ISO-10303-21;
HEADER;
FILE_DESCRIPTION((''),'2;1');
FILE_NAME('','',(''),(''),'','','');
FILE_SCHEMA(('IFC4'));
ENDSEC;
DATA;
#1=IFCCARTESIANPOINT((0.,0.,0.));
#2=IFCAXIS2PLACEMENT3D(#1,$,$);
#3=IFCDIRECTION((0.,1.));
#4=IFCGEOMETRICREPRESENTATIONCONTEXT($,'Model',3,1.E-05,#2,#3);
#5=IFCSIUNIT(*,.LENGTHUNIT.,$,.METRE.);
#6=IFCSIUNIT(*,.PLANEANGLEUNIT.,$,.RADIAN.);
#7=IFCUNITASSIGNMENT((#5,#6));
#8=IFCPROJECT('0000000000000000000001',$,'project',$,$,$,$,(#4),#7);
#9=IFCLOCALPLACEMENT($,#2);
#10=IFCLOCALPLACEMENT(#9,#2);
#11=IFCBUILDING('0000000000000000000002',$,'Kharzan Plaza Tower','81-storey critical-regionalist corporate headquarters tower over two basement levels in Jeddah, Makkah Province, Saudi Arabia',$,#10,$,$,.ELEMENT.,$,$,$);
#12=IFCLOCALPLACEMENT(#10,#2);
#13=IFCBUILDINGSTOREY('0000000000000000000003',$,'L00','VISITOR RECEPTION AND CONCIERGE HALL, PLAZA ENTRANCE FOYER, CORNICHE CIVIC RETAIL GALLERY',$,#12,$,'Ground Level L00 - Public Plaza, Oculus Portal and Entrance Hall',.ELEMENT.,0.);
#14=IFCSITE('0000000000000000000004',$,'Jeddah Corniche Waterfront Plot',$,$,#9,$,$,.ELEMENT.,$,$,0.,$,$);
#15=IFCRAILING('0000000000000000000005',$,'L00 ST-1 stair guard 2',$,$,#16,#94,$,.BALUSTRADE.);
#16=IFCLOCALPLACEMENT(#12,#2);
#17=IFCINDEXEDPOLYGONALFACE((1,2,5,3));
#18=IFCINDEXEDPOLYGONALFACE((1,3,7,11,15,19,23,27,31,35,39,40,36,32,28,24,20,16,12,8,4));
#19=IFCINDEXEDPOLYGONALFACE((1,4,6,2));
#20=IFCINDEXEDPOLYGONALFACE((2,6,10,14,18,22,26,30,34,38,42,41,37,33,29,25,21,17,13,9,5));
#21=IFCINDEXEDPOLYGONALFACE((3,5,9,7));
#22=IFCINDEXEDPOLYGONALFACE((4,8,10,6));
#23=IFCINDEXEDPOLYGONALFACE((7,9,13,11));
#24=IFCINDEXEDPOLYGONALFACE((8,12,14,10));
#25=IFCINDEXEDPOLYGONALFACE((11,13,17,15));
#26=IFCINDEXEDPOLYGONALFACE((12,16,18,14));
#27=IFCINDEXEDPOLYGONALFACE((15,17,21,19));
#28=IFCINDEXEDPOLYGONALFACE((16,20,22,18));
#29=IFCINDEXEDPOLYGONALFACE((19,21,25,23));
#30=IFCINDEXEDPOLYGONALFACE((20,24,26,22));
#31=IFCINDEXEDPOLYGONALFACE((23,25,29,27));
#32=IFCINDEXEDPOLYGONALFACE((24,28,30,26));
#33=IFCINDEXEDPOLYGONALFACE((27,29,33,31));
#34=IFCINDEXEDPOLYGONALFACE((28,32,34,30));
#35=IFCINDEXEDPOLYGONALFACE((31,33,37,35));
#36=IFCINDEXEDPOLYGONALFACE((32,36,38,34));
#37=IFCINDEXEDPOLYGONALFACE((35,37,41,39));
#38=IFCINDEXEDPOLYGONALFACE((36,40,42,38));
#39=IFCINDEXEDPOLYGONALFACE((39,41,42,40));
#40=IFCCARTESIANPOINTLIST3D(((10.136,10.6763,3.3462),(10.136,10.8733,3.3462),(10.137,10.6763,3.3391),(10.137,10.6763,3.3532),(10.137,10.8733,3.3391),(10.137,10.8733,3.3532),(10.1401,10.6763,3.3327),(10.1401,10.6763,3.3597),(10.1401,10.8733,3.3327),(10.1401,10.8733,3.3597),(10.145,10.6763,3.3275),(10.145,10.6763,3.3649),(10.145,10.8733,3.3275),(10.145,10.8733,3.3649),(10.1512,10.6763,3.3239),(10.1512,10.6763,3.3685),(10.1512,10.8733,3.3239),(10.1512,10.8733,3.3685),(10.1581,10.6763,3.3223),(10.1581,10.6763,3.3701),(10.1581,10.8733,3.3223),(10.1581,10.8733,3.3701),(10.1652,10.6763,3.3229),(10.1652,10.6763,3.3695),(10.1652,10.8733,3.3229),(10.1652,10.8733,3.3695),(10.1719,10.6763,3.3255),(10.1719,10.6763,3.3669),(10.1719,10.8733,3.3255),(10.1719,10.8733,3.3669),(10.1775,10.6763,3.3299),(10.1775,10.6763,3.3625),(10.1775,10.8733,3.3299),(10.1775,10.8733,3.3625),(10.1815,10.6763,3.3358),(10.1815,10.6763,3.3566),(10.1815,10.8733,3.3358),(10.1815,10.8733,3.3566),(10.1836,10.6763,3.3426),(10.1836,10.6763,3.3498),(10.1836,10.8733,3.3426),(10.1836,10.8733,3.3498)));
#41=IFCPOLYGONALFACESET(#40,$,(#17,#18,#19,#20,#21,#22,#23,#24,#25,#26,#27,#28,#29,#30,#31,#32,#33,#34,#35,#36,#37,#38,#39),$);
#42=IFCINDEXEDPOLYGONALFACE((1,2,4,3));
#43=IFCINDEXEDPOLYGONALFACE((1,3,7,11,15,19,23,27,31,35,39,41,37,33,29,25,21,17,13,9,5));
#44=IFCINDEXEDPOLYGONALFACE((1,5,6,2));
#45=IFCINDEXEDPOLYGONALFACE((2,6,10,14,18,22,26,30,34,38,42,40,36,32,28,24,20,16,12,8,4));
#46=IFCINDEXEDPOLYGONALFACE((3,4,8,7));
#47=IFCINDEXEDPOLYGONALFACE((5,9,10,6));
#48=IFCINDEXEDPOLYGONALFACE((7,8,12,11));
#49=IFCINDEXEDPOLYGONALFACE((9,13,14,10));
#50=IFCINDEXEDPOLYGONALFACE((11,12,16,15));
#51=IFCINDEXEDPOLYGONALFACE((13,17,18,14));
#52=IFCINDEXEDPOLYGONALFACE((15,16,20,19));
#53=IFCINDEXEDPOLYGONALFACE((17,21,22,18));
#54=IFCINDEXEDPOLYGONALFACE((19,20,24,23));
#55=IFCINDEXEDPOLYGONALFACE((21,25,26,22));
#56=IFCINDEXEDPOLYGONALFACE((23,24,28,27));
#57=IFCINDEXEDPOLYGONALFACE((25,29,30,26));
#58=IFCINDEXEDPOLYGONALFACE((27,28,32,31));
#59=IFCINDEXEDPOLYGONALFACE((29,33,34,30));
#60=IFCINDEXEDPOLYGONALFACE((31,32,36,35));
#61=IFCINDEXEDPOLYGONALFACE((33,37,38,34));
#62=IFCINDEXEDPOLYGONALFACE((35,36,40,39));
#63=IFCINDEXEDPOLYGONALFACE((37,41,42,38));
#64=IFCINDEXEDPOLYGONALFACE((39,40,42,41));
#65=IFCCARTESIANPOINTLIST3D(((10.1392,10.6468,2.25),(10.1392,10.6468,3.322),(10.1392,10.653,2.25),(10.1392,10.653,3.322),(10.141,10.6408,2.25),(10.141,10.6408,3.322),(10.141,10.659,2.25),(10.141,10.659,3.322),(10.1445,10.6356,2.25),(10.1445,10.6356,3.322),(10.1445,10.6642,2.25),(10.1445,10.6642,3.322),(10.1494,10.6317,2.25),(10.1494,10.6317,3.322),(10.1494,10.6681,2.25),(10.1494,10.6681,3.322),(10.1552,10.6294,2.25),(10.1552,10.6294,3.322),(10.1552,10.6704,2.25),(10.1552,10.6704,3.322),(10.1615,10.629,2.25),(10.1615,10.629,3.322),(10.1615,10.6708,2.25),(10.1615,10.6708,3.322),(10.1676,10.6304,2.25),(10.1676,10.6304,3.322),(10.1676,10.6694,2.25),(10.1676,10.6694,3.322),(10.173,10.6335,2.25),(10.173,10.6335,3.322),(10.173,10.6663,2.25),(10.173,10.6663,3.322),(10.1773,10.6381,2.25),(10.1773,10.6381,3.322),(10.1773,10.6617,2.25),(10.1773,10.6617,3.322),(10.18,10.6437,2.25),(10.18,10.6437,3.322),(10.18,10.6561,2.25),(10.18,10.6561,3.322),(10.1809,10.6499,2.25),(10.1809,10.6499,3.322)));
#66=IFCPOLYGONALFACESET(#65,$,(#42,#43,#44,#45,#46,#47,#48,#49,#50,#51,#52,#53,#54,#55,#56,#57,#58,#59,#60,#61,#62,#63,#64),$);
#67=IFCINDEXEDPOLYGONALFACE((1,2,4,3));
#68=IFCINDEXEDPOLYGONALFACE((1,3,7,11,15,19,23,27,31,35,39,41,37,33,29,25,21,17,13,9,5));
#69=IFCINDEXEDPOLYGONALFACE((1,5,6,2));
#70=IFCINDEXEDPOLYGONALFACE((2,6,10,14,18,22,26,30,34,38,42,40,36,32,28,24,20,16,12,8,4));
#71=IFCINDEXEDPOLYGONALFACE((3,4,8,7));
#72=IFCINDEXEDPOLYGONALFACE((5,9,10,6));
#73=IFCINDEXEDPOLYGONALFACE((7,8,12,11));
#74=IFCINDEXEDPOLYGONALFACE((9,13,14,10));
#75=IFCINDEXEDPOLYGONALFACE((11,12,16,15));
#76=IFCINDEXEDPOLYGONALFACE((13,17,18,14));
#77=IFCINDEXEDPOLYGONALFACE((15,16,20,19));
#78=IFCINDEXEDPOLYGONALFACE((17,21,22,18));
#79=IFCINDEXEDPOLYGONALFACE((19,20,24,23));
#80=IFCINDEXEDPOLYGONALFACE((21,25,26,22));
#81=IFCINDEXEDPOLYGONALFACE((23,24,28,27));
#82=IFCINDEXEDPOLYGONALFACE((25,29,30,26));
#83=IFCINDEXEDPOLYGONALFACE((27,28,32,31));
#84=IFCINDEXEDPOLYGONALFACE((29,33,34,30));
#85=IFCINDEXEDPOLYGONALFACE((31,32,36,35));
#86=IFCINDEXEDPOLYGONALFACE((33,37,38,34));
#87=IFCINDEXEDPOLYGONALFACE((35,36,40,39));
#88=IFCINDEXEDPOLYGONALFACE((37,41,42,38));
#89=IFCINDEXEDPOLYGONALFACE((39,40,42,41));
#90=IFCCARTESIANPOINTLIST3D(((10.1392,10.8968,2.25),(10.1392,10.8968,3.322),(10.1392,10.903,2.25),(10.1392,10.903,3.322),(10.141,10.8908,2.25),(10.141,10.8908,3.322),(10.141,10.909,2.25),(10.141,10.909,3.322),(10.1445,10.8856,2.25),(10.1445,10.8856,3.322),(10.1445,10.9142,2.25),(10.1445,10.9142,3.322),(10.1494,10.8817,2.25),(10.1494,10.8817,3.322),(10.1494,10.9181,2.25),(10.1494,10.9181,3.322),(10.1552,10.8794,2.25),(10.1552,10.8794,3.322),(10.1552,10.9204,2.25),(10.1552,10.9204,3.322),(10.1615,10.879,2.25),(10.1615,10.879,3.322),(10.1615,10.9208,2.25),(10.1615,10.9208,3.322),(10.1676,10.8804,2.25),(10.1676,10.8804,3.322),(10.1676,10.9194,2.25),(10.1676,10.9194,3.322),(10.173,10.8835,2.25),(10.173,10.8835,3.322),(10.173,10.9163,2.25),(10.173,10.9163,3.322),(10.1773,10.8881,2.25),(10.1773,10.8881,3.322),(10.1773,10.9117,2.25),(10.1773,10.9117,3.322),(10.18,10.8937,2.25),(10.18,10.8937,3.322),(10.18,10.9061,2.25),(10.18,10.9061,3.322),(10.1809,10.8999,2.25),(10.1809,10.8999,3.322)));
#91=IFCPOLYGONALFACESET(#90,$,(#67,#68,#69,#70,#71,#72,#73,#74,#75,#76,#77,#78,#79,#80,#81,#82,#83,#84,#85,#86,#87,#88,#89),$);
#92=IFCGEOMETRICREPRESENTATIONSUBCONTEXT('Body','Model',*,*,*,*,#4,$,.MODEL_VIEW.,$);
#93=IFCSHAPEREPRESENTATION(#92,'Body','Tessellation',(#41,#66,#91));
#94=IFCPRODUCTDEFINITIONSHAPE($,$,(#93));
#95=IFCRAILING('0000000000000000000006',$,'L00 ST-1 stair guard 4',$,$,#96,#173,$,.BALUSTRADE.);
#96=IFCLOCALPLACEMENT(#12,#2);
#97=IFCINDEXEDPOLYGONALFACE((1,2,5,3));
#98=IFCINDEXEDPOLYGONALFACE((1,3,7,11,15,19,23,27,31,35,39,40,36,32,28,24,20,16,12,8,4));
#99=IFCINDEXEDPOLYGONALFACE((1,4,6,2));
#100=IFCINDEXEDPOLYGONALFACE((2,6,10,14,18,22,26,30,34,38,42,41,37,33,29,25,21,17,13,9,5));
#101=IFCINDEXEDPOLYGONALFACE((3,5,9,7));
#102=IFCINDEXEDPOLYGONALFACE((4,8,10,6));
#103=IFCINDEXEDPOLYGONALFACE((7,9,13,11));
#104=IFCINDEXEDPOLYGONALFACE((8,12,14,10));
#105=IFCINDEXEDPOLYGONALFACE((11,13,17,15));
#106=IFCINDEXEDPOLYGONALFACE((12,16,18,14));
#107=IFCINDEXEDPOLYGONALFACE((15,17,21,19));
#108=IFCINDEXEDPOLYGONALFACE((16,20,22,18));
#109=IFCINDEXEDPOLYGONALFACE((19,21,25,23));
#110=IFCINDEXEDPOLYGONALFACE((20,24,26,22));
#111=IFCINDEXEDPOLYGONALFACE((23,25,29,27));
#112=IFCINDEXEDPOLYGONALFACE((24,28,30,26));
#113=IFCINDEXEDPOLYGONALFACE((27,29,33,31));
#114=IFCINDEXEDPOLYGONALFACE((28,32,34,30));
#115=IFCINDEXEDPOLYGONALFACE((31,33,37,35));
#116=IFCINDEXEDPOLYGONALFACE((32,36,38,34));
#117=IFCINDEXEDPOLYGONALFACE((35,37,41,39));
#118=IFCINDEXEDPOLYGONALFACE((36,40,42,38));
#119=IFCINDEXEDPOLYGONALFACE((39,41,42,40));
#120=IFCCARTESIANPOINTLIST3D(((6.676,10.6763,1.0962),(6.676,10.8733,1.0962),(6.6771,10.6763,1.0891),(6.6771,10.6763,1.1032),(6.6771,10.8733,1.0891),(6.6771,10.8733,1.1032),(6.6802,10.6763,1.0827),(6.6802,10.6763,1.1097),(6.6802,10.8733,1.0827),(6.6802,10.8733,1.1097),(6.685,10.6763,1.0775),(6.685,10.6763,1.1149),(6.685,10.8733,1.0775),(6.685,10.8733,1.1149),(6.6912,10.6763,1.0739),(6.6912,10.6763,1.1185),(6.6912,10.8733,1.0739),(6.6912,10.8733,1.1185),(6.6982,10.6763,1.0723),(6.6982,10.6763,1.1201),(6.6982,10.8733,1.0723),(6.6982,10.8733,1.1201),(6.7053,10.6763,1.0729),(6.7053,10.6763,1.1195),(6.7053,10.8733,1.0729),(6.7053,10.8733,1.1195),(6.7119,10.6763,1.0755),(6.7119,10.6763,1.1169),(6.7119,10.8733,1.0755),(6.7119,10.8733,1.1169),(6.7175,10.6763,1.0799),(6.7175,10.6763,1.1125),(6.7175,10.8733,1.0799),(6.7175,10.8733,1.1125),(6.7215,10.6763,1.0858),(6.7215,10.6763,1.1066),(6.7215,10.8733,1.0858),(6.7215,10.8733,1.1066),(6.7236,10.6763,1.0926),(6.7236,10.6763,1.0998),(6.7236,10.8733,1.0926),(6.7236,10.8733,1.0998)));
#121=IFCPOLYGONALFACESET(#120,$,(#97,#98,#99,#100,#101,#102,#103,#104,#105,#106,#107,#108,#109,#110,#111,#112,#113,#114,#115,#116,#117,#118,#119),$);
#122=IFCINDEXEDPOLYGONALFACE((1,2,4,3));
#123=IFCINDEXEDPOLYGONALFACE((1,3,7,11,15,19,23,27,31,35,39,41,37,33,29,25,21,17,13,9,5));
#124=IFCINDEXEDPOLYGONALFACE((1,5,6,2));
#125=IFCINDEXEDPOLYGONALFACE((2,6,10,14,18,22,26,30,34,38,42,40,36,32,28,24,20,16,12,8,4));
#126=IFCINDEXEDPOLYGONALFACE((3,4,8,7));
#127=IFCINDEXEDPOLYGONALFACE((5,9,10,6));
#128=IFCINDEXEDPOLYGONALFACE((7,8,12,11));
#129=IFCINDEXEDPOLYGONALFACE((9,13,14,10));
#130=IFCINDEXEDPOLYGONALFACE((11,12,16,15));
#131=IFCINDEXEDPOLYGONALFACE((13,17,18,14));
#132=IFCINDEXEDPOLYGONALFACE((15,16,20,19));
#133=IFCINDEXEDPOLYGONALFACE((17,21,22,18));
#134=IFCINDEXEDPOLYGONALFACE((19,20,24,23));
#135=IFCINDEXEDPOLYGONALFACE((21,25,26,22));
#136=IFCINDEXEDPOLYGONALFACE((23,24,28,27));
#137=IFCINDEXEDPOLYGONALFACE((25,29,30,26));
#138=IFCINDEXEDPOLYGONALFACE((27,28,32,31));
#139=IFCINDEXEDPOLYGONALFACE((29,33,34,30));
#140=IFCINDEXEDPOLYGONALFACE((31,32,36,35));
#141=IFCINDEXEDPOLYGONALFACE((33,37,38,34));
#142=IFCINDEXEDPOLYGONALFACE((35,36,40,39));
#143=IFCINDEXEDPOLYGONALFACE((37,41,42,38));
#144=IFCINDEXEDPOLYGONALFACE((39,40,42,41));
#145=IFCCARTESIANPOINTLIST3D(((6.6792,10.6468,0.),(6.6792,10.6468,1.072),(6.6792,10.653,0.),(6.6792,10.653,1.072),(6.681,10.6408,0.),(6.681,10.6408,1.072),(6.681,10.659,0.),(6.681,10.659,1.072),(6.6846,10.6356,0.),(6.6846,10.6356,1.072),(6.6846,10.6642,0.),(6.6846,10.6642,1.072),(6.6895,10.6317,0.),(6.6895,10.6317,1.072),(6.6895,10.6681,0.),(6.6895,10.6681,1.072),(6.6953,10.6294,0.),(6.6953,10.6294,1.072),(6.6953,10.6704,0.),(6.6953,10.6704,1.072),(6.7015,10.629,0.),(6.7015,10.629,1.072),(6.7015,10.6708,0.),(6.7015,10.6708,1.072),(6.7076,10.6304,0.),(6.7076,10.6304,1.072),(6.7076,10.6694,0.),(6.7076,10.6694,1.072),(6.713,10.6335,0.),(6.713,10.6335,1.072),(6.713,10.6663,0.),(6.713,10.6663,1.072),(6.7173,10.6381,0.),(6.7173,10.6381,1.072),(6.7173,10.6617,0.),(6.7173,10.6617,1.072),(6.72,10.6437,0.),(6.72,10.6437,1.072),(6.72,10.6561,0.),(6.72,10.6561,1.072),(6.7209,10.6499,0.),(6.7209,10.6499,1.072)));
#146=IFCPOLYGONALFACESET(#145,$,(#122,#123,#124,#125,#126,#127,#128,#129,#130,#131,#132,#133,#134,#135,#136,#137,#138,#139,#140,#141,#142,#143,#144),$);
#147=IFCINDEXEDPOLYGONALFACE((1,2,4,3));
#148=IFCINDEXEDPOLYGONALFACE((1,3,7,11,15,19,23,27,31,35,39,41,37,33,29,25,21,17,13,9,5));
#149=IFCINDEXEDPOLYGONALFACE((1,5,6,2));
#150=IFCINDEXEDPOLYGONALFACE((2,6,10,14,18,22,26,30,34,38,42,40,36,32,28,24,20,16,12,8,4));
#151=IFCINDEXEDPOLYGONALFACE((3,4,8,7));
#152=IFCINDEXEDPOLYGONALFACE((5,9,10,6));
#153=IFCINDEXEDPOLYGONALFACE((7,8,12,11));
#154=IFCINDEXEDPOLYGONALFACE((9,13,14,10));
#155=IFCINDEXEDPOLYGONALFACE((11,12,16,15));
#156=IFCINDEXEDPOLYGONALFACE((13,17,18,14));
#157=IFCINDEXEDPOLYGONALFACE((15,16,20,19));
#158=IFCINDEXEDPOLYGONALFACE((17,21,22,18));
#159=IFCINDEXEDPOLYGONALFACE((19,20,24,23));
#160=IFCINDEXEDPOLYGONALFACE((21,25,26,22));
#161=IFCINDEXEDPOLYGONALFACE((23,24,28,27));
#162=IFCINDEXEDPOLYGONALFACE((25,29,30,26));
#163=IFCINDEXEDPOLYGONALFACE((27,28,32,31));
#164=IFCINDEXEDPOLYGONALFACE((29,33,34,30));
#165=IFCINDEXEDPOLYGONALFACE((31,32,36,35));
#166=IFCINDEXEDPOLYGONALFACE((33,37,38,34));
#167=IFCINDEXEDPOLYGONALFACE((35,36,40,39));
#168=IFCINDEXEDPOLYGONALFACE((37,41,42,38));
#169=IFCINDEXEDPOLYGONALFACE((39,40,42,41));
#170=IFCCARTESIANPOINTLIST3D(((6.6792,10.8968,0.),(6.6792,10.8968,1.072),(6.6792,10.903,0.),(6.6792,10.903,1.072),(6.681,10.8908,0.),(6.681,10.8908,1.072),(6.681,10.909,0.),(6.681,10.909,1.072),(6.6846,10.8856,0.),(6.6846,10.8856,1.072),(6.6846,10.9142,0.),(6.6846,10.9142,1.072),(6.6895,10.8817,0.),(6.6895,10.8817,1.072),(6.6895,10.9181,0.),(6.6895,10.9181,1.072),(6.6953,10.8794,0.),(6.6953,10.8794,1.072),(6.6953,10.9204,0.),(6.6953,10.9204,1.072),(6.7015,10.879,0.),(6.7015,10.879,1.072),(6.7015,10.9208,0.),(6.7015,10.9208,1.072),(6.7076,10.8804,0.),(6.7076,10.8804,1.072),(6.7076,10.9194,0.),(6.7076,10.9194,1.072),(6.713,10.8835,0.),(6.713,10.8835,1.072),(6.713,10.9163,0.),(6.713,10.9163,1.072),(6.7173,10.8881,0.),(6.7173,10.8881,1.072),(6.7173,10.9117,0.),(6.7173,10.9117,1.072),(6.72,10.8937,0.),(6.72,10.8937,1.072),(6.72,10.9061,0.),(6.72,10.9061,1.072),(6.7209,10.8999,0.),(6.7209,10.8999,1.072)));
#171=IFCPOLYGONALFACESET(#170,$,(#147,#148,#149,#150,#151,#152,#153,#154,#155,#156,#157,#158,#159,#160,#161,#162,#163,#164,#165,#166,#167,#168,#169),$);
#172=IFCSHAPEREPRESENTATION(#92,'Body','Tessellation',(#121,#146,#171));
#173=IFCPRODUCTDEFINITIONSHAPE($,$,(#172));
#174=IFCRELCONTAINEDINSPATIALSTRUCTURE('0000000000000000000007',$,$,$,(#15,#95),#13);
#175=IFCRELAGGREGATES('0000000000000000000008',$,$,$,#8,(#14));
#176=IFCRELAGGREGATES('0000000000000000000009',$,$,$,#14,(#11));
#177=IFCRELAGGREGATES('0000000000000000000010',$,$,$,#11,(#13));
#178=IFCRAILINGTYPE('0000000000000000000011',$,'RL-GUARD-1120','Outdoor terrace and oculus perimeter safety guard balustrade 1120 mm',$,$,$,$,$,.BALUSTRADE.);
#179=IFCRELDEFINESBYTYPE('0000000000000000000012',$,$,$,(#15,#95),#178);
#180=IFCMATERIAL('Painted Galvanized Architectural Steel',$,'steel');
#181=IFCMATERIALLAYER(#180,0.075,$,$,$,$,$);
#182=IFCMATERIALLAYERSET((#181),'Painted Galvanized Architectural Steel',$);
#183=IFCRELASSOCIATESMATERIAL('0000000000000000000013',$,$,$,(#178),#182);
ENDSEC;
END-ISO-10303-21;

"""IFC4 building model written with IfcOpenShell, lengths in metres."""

from ifc_helpers import new_model, si_unit, direction, frame, origin, origin_2d, place, context, subcontext, project, spatial, circle, extrude, source, transform, mapped, material, layer, layer_set, type_object, element, save


model = new_model("IFC4")

# Units and contexts
model_context = context("Model", 3, precision=1e-05, world=origin(), true_north=direction((0.0, 1.0)))
body_context = subcontext(model_context, "Body", "Model", "MODEL_VIEW")
ifc_project = project(units=[si_unit("LENGTHUNIT", "METRE"), si_unit("PLANEANGLEUNIT", "RADIAN")], contexts=[model_context])

# Site, building, storey
site_placement = place(None, origin())
site = spatial("IfcSite", under=ifc_project, at=site_placement, Name="Jeddah Corniche Waterfront Plot", CompositionType="ELEMENT", RefElevation=0.0)
building_placement = place(site_placement, origin())
building = spatial("IfcBuilding", under=site, at=building_placement, Name="Kharzan Plaza Tower", Description="81-storey critical-regionalist corporate headquarters tower over two basement levels in Jeddah, Makkah Province, Saudi Arabia", CompositionType="ELEMENT")
storey_placement = place(building_placement, origin())
storey = spatial("IfcBuildingStorey", under=building, at=storey_placement, Name="L00", Description="VISITOR RECEPTION AND CONCIERGE HALL, PLAZA ENTRANCE FOYER, CORNICHE CIVIC RETAIL GALLERY", LongName="Ground Level L00 - Public Plaza, Oculus Portal and Entrance Hall", CompositionType="ELEMENT", Elevation=0.0)

# Railings
ifc_material_1 = material(Name="Painted Galvanized Architectural Steel", Category="steel")
ifc_layer_1 = layer(ifc_material_1, 0.075)
ifc_layer_set_1 = layer_set([ifc_layer_1], Name="Painted Galvanized Architectural Steel")
railing_type_1 = type_object("IfcRailingType", Name="RL-GUARD-1120", Description="Outdoor terrace and oculus perimeter safety guard balustrade 1120 mm", PredefinedType="BALUSTRADE", material=ifc_layer_set_1)
shared_shape_1 = source(origin(), body_context, "Body", "SweptSolid", [
    extrude(circle(Radius=0.0239, at=origin_2d()), frame((0.0, 0.0264, 1.0962), z_axis=(0.0, 1.0, 0.0), x_axis=(-1.0, 0.0, 0.0)), (0.0, 0.0, 1.0), 0.197),
    extrude(circle(Radius=0.021, at=origin_2d()), origin(), (0.0, 0.0, 1.0), 1.072),
    extrude(circle(Radius=0.021, at=origin_2d()), frame((0.0, 0.25, 0.0)), (0.0, 0.0, 1.0), 1.072),
])
for number, where, name in (
    (1, (10.1599, 10.6499, 2.25), "L00 ST-1 stair guard 2"),
    (2, (6.7, 10.6499, 0.0), "L00 ST-1 stair guard 4"),
):
    element("IfcRailing", number, at=place(storey_placement, frame(where)), inside=storey, type_object=railing_type_1, Name=name, PredefinedType="BALUSTRADE", context=body_context, shape_type="MappedRepresentation", body=[
        mapped(shared_shape_1, transform((0.0, 0.0, 0.0), x_axis=(1.0, 0.0, 0.0), y_axis=(0.0, 1.0, 0.0), z_axis=(0.0, 0.0, 1.0))),
    ])

save(model, "model.ifc")
